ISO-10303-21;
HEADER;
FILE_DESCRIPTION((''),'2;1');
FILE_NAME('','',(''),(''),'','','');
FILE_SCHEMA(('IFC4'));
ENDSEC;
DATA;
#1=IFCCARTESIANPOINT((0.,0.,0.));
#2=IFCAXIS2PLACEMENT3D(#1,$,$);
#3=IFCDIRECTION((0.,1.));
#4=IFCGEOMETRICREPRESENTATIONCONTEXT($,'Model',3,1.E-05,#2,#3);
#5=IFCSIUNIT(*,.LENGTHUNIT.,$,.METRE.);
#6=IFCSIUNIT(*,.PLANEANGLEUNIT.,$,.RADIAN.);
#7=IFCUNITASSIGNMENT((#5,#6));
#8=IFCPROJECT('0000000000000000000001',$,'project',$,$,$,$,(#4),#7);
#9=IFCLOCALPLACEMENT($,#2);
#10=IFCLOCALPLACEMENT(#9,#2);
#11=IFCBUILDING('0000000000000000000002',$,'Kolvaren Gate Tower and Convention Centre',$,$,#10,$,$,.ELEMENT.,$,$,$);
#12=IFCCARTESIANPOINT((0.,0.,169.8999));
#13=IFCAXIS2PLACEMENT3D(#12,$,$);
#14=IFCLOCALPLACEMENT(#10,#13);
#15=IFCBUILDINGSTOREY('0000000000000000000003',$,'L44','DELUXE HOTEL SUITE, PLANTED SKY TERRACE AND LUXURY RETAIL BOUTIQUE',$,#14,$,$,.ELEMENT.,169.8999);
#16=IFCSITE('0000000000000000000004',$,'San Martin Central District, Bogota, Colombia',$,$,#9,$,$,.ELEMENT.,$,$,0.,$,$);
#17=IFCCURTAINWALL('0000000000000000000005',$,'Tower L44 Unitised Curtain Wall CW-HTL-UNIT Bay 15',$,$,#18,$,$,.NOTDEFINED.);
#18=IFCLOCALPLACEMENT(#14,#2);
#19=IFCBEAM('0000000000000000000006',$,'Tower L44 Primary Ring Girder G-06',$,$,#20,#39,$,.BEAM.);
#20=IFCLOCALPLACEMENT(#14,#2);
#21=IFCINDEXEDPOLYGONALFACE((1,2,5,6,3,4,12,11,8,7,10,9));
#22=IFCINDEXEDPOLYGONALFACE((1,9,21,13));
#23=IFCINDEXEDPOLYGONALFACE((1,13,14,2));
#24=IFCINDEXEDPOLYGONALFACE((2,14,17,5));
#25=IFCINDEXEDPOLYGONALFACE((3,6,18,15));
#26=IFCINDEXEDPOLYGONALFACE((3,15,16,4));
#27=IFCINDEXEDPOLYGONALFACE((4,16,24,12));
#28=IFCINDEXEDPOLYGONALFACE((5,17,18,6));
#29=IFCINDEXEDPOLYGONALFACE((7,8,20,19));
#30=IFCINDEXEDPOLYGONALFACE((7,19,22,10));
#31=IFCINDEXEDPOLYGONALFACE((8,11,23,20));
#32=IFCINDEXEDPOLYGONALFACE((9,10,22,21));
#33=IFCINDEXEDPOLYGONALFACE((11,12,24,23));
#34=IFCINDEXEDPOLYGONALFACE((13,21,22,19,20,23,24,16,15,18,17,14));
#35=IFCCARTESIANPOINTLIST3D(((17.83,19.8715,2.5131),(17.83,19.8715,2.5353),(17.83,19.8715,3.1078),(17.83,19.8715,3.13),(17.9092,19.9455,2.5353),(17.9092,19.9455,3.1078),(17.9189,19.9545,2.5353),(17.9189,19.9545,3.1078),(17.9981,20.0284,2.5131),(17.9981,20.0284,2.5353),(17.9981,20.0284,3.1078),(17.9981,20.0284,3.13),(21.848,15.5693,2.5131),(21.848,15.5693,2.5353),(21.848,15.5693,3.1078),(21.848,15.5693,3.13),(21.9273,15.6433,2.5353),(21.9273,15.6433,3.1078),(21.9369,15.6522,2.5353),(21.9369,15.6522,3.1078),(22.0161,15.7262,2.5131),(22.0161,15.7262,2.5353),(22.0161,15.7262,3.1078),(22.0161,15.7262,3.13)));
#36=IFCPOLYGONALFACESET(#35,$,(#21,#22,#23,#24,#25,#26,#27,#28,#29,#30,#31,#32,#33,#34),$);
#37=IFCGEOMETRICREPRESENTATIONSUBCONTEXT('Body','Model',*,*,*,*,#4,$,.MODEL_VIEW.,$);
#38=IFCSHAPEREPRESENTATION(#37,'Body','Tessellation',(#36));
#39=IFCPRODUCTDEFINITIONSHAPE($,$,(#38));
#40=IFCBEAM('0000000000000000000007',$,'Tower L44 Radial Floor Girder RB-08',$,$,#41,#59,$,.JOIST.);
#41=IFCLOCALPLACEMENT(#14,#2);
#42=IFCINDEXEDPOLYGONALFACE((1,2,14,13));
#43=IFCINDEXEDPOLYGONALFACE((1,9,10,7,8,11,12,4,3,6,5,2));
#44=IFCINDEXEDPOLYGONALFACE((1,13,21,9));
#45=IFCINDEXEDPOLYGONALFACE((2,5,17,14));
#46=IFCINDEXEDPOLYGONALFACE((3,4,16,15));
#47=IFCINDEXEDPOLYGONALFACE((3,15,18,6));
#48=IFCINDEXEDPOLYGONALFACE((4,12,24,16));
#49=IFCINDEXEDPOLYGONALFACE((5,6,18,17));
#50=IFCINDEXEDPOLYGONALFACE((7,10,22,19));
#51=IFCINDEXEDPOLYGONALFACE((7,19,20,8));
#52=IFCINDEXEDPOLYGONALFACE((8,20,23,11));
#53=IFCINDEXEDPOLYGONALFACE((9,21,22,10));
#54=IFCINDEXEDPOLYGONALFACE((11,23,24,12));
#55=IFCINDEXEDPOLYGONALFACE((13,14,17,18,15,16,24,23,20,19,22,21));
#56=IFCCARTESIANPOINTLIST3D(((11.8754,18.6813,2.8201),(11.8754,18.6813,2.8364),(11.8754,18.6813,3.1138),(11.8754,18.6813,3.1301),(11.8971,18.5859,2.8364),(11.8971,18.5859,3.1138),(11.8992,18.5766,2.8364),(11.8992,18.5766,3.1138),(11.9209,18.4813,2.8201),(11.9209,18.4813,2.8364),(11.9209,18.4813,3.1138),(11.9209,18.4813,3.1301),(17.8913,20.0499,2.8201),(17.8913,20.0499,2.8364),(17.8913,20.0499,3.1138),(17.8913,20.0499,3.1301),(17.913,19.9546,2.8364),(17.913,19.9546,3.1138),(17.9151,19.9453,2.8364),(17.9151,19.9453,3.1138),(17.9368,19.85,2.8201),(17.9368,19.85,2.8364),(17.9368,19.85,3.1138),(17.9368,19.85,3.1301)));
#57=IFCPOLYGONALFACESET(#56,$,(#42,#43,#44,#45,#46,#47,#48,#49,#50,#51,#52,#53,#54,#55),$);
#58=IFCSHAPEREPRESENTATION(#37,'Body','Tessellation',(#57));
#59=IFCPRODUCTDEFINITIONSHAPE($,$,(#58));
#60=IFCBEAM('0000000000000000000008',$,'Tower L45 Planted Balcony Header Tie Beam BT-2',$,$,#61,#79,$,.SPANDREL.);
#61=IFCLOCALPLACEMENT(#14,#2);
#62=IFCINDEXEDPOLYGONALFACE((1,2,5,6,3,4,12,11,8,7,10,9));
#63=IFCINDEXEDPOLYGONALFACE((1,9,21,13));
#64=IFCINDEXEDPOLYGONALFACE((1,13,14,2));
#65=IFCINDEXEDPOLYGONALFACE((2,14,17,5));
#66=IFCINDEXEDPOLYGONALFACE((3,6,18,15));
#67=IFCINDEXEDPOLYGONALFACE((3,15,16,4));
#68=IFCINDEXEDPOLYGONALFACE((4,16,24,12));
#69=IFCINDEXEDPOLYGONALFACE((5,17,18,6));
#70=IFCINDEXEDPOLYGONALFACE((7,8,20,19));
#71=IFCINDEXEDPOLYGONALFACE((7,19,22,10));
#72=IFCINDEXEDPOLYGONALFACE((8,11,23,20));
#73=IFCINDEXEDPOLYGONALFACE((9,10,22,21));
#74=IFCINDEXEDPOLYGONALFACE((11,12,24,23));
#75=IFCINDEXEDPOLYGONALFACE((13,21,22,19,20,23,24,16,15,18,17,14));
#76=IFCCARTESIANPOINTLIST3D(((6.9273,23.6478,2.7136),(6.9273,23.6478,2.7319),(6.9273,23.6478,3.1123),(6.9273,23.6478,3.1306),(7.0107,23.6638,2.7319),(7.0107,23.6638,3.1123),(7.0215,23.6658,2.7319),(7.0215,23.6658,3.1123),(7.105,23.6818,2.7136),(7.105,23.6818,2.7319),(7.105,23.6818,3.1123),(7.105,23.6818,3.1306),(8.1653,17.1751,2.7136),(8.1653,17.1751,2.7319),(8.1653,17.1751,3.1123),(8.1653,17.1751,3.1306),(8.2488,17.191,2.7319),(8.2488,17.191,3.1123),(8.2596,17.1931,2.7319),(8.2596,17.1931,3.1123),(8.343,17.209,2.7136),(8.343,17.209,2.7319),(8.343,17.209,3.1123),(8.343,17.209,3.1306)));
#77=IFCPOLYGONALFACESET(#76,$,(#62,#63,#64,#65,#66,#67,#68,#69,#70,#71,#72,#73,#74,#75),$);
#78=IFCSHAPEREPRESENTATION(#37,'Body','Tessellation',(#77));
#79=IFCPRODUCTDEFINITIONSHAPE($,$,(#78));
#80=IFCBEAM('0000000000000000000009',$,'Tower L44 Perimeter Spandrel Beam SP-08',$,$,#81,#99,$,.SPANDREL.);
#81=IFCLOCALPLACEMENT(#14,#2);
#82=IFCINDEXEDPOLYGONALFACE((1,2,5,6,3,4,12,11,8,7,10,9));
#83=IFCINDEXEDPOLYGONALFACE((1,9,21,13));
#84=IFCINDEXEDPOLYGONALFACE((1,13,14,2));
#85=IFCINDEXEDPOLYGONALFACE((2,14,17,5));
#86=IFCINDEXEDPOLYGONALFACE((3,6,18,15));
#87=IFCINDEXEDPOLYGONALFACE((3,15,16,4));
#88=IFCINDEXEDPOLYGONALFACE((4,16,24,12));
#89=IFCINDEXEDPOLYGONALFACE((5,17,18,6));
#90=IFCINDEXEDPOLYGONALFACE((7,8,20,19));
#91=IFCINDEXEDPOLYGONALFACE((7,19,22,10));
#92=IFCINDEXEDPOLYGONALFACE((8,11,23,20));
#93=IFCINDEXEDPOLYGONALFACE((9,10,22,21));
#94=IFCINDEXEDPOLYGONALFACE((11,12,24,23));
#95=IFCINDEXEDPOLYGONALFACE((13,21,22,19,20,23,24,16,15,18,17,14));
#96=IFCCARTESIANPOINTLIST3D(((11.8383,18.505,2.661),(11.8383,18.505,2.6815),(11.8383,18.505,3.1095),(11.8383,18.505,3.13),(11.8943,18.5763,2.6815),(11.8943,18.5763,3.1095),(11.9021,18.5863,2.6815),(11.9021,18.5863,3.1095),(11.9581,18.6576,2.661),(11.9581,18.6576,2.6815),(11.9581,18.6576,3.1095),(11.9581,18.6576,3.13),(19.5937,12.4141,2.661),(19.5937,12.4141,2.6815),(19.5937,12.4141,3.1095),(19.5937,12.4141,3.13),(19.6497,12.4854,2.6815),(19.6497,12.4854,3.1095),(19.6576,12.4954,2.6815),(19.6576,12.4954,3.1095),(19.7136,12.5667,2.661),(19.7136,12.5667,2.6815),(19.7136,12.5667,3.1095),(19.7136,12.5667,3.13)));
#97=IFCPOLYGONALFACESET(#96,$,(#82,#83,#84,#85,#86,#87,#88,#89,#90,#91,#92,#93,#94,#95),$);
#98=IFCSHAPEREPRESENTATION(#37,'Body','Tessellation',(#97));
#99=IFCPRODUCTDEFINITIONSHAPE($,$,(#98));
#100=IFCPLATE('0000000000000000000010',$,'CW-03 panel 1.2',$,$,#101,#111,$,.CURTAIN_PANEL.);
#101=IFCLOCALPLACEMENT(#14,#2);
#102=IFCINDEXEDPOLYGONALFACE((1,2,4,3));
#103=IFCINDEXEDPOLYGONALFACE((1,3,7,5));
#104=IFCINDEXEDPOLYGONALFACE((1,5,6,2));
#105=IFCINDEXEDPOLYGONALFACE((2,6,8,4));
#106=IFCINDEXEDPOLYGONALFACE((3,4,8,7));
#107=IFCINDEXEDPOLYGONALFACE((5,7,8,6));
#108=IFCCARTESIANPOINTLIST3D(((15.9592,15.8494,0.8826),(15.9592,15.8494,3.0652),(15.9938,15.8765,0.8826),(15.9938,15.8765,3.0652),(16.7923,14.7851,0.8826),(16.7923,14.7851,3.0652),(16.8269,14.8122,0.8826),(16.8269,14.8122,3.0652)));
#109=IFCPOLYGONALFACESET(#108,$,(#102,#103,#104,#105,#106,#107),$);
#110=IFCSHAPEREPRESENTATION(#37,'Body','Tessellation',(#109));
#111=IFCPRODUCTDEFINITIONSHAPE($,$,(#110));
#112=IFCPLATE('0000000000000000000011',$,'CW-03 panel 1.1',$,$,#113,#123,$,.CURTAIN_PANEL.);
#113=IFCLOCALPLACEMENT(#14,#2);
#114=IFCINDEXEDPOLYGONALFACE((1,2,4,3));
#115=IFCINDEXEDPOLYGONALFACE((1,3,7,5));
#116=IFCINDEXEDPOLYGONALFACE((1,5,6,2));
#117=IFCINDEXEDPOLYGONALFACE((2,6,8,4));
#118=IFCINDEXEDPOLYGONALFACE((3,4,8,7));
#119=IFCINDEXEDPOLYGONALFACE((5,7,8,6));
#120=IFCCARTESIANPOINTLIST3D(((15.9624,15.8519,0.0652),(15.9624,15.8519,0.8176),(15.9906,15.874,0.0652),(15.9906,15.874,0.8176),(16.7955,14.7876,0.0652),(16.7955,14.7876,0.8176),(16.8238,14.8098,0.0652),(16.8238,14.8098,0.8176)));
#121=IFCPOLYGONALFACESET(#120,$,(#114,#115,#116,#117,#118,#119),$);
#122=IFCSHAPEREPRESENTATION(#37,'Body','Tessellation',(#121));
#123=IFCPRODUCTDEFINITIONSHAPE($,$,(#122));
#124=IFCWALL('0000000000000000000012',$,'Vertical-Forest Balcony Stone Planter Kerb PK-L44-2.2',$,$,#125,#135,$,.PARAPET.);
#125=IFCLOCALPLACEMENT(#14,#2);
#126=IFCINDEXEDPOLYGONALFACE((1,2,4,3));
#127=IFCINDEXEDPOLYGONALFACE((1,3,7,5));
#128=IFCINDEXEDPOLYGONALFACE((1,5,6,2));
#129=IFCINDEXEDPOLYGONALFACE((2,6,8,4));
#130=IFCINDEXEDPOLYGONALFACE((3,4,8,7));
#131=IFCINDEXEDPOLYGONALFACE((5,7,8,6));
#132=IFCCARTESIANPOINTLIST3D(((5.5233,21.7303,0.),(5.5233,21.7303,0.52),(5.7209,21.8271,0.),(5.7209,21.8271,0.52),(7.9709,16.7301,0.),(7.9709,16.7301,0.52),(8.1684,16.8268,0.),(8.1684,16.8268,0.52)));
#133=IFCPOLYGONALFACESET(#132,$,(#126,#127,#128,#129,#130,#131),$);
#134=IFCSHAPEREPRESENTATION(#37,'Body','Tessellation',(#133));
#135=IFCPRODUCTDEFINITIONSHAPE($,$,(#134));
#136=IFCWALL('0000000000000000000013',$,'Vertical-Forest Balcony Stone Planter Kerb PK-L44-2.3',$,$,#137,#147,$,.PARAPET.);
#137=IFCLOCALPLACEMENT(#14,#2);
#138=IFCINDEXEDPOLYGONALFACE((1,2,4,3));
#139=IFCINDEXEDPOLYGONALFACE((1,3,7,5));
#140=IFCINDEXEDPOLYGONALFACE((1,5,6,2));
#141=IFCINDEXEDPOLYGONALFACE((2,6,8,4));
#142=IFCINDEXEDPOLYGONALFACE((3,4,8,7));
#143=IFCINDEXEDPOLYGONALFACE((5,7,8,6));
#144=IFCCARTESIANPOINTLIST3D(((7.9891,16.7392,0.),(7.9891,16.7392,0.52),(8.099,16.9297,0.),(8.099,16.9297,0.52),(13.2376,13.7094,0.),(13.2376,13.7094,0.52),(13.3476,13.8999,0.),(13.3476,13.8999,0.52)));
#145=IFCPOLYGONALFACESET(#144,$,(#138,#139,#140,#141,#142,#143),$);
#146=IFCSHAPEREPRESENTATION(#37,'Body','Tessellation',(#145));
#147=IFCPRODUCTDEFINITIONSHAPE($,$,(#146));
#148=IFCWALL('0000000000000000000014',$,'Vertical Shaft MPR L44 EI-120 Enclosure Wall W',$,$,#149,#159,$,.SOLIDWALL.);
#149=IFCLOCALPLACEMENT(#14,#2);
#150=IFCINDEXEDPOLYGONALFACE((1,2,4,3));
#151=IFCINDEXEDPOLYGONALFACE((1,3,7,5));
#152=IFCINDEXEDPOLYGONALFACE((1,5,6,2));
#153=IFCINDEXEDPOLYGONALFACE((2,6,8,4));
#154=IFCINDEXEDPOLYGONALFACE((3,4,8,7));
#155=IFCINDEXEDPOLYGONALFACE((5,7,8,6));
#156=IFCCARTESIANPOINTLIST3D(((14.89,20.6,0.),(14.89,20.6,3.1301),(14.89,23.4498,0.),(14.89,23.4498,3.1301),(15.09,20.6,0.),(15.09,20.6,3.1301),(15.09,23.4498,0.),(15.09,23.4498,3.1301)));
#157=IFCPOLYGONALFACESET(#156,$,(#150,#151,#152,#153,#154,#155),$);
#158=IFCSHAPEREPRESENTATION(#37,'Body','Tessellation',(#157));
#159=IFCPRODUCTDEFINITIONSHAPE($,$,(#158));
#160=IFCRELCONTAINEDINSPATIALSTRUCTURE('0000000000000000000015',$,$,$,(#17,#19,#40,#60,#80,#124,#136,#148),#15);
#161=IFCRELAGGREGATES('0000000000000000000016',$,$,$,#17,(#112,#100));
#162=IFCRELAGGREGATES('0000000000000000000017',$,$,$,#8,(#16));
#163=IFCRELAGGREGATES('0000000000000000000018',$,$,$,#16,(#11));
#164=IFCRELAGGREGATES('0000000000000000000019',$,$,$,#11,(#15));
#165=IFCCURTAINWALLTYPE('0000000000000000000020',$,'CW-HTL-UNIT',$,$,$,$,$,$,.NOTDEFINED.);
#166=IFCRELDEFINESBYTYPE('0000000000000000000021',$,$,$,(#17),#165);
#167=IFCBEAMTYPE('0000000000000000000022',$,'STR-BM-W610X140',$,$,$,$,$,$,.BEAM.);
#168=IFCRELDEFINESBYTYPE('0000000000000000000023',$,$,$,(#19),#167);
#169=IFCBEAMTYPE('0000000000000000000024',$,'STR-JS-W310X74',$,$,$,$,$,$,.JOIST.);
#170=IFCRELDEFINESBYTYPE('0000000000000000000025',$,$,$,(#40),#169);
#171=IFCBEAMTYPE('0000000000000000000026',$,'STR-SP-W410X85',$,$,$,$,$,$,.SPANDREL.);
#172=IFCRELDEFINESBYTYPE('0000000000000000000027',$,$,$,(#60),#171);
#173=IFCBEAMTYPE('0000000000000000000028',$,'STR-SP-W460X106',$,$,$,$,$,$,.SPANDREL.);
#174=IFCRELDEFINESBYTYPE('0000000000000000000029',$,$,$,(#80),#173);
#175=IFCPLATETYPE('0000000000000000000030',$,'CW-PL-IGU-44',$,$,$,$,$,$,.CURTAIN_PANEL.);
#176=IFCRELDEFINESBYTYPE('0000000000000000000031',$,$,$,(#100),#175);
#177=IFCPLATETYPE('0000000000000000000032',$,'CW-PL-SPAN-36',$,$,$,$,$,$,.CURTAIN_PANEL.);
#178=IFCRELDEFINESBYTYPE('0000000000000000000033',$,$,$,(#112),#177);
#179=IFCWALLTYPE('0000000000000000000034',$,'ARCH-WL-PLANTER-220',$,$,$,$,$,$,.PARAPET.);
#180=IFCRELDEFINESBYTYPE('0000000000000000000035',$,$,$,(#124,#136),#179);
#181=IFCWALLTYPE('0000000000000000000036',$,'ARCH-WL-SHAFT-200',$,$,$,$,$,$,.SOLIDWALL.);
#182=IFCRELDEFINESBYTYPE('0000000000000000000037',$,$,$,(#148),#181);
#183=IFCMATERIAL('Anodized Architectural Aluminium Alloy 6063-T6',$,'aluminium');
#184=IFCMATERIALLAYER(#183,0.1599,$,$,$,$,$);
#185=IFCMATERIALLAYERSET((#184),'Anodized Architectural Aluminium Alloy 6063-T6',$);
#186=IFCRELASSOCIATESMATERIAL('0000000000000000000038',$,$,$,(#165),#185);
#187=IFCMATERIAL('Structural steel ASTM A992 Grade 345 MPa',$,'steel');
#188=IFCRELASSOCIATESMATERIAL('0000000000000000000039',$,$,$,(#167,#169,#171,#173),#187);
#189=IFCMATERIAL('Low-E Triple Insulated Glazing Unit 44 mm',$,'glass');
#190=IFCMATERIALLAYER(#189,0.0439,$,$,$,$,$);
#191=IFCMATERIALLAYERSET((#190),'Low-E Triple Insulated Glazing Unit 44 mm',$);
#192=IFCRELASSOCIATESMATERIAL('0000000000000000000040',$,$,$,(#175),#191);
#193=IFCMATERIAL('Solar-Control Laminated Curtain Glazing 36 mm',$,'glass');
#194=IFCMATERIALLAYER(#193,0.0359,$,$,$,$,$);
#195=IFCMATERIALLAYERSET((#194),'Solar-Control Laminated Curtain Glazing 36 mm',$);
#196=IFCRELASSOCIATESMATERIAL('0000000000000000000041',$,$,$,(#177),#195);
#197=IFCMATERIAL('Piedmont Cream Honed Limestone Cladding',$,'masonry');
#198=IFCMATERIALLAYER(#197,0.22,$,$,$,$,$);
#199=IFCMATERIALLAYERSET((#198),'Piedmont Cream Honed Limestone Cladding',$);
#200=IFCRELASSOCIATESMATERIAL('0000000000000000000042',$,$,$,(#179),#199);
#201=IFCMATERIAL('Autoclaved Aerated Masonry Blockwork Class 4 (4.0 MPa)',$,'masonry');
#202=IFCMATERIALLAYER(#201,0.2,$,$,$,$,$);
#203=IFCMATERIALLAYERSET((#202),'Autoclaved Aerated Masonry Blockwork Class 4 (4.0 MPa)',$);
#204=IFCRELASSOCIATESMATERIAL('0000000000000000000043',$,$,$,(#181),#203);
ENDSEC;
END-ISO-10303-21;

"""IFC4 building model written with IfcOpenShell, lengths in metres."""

from ifc_helpers import new_model, si_unit, direction, frame, frame_2d, origin, origin_2d, place, context, subcontext, project, spatial, rectangle, i_section, extrude, material, layer, layer_set, material_profile, profile_set, type_object, element, aggregate, save


model = new_model("IFC4")

# Units and contexts
model_context = context("Model", 3, precision=1e-05, world=origin(), true_north=direction((0.0, 1.0)))
body_context = subcontext(model_context, "Body", "Model", "MODEL_VIEW")
ifc_project = project(units=[si_unit("LENGTHUNIT", "METRE"), si_unit("PLANEANGLEUNIT", "RADIAN")], contexts=[model_context])

# Site, building, storey
site_placement = place(None, origin())
site = spatial("IfcSite", under=ifc_project, at=site_placement, Name="San Martin Central District, Bogota, Colombia", CompositionType="ELEMENT", RefElevation=0.0)
building_placement = place(site_placement, origin())
building = spatial("IfcBuilding", under=site, at=building_placement, Name="Kolvaren Gate Tower and Convention Centre", CompositionType="ELEMENT")
storey_placement = place(building_placement, frame((0.0, 0.0, 169.8999)))
storey = spatial("IfcBuildingStorey", under=building, at=storey_placement, Name="L44", Description="DELUXE HOTEL SUITE, PLANTED SKY TERRACE AND LUXURY RETAIL BOUTIQUE", CompositionType="ELEMENT", Elevation=169.8999)

# Curtain wall
ifc_material_1 = material(Name="Anodized Architectural Aluminium Alloy 6063-T6", Category="aluminium")
ifc_layer_1 = layer(ifc_material_1, 0.1599)
ifc_layer_set_1 = layer_set([ifc_layer_1], Name="Anodized Architectural Aluminium Alloy 6063-T6")
curtain_wall_type = type_object("IfcCurtainWallType", Name="CW-HTL-UNIT", PredefinedType="NOTDEFINED", material=ifc_layer_set_1)
curtain_wall_placement = place(storey_placement, origin())
curtain_wall = element("IfcCurtainWall", 1, at=curtain_wall_placement, inside=storey, type_object=curtain_wall_type, Name="Tower L44 Unitised Curtain Wall CW-HTL-UNIT Bay 15", PredefinedType="NOTDEFINED")

# Beams
ifc_material_2 = material(Name="Structural steel ASTM A992 Grade 345 MPa", Category="steel")
ifc_material_profile_1 = material_profile(ifc_material_2, i_section(OverallWidth=0.23, OverallDepth=0.6169, WebThickness=0.0132, FlangeThickness=0.0222, at=origin_2d()), Name="W610X140")
ifc_profile_set_1 = profile_set([ifc_material_profile_1], Name="Structural steel ASTM A992 Grade 345 MPa")
beam_type_1 = type_object("IfcBeamType", Name="STR-BM-W610X140", PredefinedType="BEAM", material=ifc_profile_set_1)
beam_1_placement = place(storey_placement, frame((17.9141, 19.95, 2.8215), z_axis=(0.682558, -0.730832, 0.0), x_axis=(0.730832, 0.682558, 0.0)))
element("IfcBeam", 2, at=beam_1_placement, inside=storey, type_object=beam_type_1, Name="Tower L44 Primary Ring Girder G-06", PredefinedType="BEAM", context=body_context, shape_type="SweptSolid", body=[
    extrude(i_section(OverallWidth=0.23, OverallDepth=0.6169, WebThickness=0.0132, FlangeThickness=0.0222, at=origin_2d()), origin(), (0.0, 0.0, 1.0), 5.8867),
])
ifc_material_profile_2 = material_profile(ifc_material_2, i_section(OverallWidth=0.2051, OverallDepth=0.3101, WebThickness=0.0095, FlangeThickness=0.0164, at=origin_2d()), Name="W310X74")
ifc_profile_set_2 = profile_set([ifc_material_profile_2], Name="Structural steel ASTM A992 Grade 345 MPa")
beam_type_2 = type_object("IfcBeamType", Name="STR-JS-W310X74", PredefinedType="JOIST", material=ifc_profile_set_2)
beam_2_placement = place(storey_placement, frame((17.9141, 19.95, 2.9751), z_axis=(-0.975083, -0.221838, 0.0), x_axis=(0.221838, -0.975083, 0.0)))
element("IfcBeam", 3, at=beam_2_placement, inside=storey, type_object=beam_type_2, Name="Tower L44 Radial Floor Girder RB-08", PredefinedType="JOIST", context=body_context, shape_type="SweptSolid", body=[
    extrude(i_section(OverallWidth=0.2051, OverallDepth=0.3101, WebThickness=0.0095, FlangeThickness=0.0164, at=origin_2d()), origin(), (0.0, 0.0, 1.0), 6.1697),
])
ifc_material_profile_3 = material_profile(ifc_material_2, i_section(OverallWidth=0.1809, OverallDepth=0.417, WebThickness=0.011, FlangeThickness=0.0183, at=origin_2d()), Name="W410X85")
ifc_profile_set_3 = profile_set([ifc_material_profile_3], Name="Structural steel ASTM A992 Grade 345 MPa")
beam_type_3 = type_object("IfcBeamType", Name="STR-SP-W410X85", PredefinedType="SPANDREL", material=ifc_profile_set_3)
beam_3_placement = place(storey_placement, frame((7.0161, 23.6648, 2.9221), z_axis=(0.187866, -0.982195, 0.0), x_axis=(0.982195, 0.187866, 0.0)))
element("IfcBeam", 4, at=beam_3_placement, inside=storey, type_object=beam_type_3, Name="Tower L45 Planted Balcony Header Tie Beam BT-2", PredefinedType="SPANDREL", context=body_context, shape_type="SweptSolid", body=[
    extrude(i_section(OverallWidth=0.1809, OverallDepth=0.417, WebThickness=0.011, FlangeThickness=0.0183, at=origin_2d()), origin(), (0.0, 0.0, 1.0), 6.5901),
])
ifc_material_profile_4 = material_profile(ifc_material_2, i_section(OverallWidth=0.1941, OverallDepth=0.469, WebThickness=0.0127, FlangeThickness=0.0205, at=origin_2d()), Name="W460X106")
ifc_profile_set_4 = profile_set([ifc_material_profile_4], Name="Structural steel ASTM A992 Grade 345 MPa")
beam_type_4 = type_object("IfcBeamType", Name="STR-SP-W460X106", PredefinedType="SPANDREL", material=ifc_profile_set_4)
beam_4_placement = place(storey_placement, frame((11.8982, 18.5813, 2.8955), z_axis=(0.786451, -0.617653, 0.0), x_axis=(0.617653, 0.786451, 0.0)))
element("IfcBeam", 5, at=beam_4_placement, inside=storey, type_object=beam_type_4, Name="Tower L44 Perimeter Spandrel Beam SP-08", PredefinedType="SPANDREL", context=body_context, shape_type="SweptSolid", body=[
    extrude(i_section(OverallWidth=0.1941, OverallDepth=0.469, WebThickness=0.0127, FlangeThickness=0.0205, at=origin_2d()), origin(), (0.0, 0.0, 1.0), 9.8613),
])

# Plates
ifc_material_3 = material(Name="Low-E Triple Insulated Glazing Unit 44 mm", Category="glass")
ifc_layer_2 = layer(ifc_material_3, 0.0439)
ifc_layer_set_2 = layer_set([ifc_layer_2], Name="Low-E Triple Insulated Glazing Unit 44 mm")
plate_type_1 = type_object("IfcPlateType", Name="CW-PL-IGU-44", PredefinedType="CURTAIN_PANEL", material=ifc_layer_set_2)
plate_1_placement = place(storey_placement, frame((16.3931, 15.3308, 0.8826), z_axis=(0.0, 0.0, 1.0), x_axis=(0.616424, -0.787415, 0.0)))
plate_1 = element("IfcPlate", 6, at=plate_1_placement, type_object=plate_type_1, Name="CW-03 panel 1.2", PredefinedType="CURTAIN_PANEL", context=body_context, shape_type="SweptSolid", body=[
    extrude(rectangle(XDim=1.3516, YDim=0.0439, at=origin_2d()), origin(), (0.0, 0.0, 1.0), 2.1826),
])
ifc_material_4 = material(Name="Solar-Control Laminated Curtain Glazing 36 mm", Category="glass")
ifc_layer_3 = layer(ifc_material_4, 0.0359)
ifc_layer_set_3 = layer_set([ifc_layer_3], Name="Solar-Control Laminated Curtain Glazing 36 mm")
plate_type_2 = type_object("IfcPlateType", Name="CW-PL-SPAN-36", PredefinedType="CURTAIN_PANEL", material=ifc_layer_set_3)
plate_2_placement = place(storey_placement, frame((16.3931, 15.3308, 0.0652), z_axis=(0.0, 0.0, 1.0), x_axis=(0.616424, -0.787415, 0.0)))
plate_2 = element("IfcPlate", 7, at=plate_2_placement, type_object=plate_type_2, Name="CW-03 panel 1.1", PredefinedType="CURTAIN_PANEL", context=body_context, shape_type="SweptSolid", body=[
    extrude(rectangle(XDim=1.3516, YDim=0.0359, at=origin_2d()), origin(), (0.0, 0.0, 1.0), 0.7524),
])
aggregate(curtain_wall, [plate_2, plate_1])

# Walls
ifc_material_5 = material(Name="Piedmont Cream Honed Limestone Cladding", Category="masonry")
ifc_layer_4 = layer(ifc_material_5, 0.22)
ifc_layer_set_4 = layer_set([ifc_layer_4], Name="Piedmont Cream Honed Limestone Cladding")
wall_type_1 = type_object("IfcWallType", Name="ARCH-WL-PLANTER-220", PredefinedType="PARAPET", material=ifc_layer_set_4)
wall_1_placement = place(storey_placement, frame((5.6221, 21.7788, 0.0), z_axis=(0.0, 0.0, 1.0), x_axis=(0.439637, -0.898175, 0.0)))
element("IfcWall", 8, at=wall_1_placement, inside=storey, type_object=wall_type_1, Name="Vertical-Forest Balcony Stone Planter Kerb PK-L44-2.2", PredefinedType="PARAPET", context=body_context, shape_type="SweptSolid", body=[
    extrude(rectangle(XDim=5.5671, YDim=0.22, at=frame_2d((2.7837, 0.0))), origin(), (0.0, 0.0, 1.0), 0.52),
])
wall_2_placement = place(storey_placement, frame((8.0439, 16.8345, 0.0), z_axis=(0.0, 0.0, 1.0), x_axis=(0.866058, -0.499943, 0.0)))
element("IfcWall", 9, at=wall_2_placement, inside=storey, type_object=wall_type_1, Name="Vertical-Forest Balcony Stone Planter Kerb PK-L44-2.3", PredefinedType="PARAPET", context=body_context, shape_type="SweptSolid", body=[
    extrude(rectangle(XDim=6.0603, YDim=0.22, at=frame_2d((3.0303, 0.0))), origin(), (0.0, 0.0, 1.0), 0.52),
])
ifc_material_6 = material(Name="Autoclaved Aerated Masonry Blockwork Class 4 (4.0 MPa)", Category="masonry")
ifc_layer_5 = layer(ifc_material_6, 0.2)
ifc_layer_set_5 = layer_set([ifc_layer_5], Name="Autoclaved Aerated Masonry Blockwork Class 4 (4.0 MPa)")
wall_type_2 = type_object("IfcWallType", Name="ARCH-WL-SHAFT-200", PredefinedType="SOLIDWALL", material=ifc_layer_set_5)
wall_3_placement = place(storey_placement, frame((14.99, 20.6001, 0.0), z_axis=(0.0, 0.0, 1.0), x_axis=(0.0, 1.0, 0.0)))
element("IfcWall", 10, at=wall_3_placement, inside=storey, type_object=wall_type_2, Name="Vertical Shaft MPR L44 EI-120 Enclosure Wall W", PredefinedType="SOLIDWALL", context=body_context, shape_type="SweptSolid", body=[
    extrude(rectangle(XDim=2.8499, YDim=0.2, at=frame_2d((1.4248, 0.0))), origin(), (0.0, 0.0, 1.0), 3.1301),
])

save(model, "model.ifc")
